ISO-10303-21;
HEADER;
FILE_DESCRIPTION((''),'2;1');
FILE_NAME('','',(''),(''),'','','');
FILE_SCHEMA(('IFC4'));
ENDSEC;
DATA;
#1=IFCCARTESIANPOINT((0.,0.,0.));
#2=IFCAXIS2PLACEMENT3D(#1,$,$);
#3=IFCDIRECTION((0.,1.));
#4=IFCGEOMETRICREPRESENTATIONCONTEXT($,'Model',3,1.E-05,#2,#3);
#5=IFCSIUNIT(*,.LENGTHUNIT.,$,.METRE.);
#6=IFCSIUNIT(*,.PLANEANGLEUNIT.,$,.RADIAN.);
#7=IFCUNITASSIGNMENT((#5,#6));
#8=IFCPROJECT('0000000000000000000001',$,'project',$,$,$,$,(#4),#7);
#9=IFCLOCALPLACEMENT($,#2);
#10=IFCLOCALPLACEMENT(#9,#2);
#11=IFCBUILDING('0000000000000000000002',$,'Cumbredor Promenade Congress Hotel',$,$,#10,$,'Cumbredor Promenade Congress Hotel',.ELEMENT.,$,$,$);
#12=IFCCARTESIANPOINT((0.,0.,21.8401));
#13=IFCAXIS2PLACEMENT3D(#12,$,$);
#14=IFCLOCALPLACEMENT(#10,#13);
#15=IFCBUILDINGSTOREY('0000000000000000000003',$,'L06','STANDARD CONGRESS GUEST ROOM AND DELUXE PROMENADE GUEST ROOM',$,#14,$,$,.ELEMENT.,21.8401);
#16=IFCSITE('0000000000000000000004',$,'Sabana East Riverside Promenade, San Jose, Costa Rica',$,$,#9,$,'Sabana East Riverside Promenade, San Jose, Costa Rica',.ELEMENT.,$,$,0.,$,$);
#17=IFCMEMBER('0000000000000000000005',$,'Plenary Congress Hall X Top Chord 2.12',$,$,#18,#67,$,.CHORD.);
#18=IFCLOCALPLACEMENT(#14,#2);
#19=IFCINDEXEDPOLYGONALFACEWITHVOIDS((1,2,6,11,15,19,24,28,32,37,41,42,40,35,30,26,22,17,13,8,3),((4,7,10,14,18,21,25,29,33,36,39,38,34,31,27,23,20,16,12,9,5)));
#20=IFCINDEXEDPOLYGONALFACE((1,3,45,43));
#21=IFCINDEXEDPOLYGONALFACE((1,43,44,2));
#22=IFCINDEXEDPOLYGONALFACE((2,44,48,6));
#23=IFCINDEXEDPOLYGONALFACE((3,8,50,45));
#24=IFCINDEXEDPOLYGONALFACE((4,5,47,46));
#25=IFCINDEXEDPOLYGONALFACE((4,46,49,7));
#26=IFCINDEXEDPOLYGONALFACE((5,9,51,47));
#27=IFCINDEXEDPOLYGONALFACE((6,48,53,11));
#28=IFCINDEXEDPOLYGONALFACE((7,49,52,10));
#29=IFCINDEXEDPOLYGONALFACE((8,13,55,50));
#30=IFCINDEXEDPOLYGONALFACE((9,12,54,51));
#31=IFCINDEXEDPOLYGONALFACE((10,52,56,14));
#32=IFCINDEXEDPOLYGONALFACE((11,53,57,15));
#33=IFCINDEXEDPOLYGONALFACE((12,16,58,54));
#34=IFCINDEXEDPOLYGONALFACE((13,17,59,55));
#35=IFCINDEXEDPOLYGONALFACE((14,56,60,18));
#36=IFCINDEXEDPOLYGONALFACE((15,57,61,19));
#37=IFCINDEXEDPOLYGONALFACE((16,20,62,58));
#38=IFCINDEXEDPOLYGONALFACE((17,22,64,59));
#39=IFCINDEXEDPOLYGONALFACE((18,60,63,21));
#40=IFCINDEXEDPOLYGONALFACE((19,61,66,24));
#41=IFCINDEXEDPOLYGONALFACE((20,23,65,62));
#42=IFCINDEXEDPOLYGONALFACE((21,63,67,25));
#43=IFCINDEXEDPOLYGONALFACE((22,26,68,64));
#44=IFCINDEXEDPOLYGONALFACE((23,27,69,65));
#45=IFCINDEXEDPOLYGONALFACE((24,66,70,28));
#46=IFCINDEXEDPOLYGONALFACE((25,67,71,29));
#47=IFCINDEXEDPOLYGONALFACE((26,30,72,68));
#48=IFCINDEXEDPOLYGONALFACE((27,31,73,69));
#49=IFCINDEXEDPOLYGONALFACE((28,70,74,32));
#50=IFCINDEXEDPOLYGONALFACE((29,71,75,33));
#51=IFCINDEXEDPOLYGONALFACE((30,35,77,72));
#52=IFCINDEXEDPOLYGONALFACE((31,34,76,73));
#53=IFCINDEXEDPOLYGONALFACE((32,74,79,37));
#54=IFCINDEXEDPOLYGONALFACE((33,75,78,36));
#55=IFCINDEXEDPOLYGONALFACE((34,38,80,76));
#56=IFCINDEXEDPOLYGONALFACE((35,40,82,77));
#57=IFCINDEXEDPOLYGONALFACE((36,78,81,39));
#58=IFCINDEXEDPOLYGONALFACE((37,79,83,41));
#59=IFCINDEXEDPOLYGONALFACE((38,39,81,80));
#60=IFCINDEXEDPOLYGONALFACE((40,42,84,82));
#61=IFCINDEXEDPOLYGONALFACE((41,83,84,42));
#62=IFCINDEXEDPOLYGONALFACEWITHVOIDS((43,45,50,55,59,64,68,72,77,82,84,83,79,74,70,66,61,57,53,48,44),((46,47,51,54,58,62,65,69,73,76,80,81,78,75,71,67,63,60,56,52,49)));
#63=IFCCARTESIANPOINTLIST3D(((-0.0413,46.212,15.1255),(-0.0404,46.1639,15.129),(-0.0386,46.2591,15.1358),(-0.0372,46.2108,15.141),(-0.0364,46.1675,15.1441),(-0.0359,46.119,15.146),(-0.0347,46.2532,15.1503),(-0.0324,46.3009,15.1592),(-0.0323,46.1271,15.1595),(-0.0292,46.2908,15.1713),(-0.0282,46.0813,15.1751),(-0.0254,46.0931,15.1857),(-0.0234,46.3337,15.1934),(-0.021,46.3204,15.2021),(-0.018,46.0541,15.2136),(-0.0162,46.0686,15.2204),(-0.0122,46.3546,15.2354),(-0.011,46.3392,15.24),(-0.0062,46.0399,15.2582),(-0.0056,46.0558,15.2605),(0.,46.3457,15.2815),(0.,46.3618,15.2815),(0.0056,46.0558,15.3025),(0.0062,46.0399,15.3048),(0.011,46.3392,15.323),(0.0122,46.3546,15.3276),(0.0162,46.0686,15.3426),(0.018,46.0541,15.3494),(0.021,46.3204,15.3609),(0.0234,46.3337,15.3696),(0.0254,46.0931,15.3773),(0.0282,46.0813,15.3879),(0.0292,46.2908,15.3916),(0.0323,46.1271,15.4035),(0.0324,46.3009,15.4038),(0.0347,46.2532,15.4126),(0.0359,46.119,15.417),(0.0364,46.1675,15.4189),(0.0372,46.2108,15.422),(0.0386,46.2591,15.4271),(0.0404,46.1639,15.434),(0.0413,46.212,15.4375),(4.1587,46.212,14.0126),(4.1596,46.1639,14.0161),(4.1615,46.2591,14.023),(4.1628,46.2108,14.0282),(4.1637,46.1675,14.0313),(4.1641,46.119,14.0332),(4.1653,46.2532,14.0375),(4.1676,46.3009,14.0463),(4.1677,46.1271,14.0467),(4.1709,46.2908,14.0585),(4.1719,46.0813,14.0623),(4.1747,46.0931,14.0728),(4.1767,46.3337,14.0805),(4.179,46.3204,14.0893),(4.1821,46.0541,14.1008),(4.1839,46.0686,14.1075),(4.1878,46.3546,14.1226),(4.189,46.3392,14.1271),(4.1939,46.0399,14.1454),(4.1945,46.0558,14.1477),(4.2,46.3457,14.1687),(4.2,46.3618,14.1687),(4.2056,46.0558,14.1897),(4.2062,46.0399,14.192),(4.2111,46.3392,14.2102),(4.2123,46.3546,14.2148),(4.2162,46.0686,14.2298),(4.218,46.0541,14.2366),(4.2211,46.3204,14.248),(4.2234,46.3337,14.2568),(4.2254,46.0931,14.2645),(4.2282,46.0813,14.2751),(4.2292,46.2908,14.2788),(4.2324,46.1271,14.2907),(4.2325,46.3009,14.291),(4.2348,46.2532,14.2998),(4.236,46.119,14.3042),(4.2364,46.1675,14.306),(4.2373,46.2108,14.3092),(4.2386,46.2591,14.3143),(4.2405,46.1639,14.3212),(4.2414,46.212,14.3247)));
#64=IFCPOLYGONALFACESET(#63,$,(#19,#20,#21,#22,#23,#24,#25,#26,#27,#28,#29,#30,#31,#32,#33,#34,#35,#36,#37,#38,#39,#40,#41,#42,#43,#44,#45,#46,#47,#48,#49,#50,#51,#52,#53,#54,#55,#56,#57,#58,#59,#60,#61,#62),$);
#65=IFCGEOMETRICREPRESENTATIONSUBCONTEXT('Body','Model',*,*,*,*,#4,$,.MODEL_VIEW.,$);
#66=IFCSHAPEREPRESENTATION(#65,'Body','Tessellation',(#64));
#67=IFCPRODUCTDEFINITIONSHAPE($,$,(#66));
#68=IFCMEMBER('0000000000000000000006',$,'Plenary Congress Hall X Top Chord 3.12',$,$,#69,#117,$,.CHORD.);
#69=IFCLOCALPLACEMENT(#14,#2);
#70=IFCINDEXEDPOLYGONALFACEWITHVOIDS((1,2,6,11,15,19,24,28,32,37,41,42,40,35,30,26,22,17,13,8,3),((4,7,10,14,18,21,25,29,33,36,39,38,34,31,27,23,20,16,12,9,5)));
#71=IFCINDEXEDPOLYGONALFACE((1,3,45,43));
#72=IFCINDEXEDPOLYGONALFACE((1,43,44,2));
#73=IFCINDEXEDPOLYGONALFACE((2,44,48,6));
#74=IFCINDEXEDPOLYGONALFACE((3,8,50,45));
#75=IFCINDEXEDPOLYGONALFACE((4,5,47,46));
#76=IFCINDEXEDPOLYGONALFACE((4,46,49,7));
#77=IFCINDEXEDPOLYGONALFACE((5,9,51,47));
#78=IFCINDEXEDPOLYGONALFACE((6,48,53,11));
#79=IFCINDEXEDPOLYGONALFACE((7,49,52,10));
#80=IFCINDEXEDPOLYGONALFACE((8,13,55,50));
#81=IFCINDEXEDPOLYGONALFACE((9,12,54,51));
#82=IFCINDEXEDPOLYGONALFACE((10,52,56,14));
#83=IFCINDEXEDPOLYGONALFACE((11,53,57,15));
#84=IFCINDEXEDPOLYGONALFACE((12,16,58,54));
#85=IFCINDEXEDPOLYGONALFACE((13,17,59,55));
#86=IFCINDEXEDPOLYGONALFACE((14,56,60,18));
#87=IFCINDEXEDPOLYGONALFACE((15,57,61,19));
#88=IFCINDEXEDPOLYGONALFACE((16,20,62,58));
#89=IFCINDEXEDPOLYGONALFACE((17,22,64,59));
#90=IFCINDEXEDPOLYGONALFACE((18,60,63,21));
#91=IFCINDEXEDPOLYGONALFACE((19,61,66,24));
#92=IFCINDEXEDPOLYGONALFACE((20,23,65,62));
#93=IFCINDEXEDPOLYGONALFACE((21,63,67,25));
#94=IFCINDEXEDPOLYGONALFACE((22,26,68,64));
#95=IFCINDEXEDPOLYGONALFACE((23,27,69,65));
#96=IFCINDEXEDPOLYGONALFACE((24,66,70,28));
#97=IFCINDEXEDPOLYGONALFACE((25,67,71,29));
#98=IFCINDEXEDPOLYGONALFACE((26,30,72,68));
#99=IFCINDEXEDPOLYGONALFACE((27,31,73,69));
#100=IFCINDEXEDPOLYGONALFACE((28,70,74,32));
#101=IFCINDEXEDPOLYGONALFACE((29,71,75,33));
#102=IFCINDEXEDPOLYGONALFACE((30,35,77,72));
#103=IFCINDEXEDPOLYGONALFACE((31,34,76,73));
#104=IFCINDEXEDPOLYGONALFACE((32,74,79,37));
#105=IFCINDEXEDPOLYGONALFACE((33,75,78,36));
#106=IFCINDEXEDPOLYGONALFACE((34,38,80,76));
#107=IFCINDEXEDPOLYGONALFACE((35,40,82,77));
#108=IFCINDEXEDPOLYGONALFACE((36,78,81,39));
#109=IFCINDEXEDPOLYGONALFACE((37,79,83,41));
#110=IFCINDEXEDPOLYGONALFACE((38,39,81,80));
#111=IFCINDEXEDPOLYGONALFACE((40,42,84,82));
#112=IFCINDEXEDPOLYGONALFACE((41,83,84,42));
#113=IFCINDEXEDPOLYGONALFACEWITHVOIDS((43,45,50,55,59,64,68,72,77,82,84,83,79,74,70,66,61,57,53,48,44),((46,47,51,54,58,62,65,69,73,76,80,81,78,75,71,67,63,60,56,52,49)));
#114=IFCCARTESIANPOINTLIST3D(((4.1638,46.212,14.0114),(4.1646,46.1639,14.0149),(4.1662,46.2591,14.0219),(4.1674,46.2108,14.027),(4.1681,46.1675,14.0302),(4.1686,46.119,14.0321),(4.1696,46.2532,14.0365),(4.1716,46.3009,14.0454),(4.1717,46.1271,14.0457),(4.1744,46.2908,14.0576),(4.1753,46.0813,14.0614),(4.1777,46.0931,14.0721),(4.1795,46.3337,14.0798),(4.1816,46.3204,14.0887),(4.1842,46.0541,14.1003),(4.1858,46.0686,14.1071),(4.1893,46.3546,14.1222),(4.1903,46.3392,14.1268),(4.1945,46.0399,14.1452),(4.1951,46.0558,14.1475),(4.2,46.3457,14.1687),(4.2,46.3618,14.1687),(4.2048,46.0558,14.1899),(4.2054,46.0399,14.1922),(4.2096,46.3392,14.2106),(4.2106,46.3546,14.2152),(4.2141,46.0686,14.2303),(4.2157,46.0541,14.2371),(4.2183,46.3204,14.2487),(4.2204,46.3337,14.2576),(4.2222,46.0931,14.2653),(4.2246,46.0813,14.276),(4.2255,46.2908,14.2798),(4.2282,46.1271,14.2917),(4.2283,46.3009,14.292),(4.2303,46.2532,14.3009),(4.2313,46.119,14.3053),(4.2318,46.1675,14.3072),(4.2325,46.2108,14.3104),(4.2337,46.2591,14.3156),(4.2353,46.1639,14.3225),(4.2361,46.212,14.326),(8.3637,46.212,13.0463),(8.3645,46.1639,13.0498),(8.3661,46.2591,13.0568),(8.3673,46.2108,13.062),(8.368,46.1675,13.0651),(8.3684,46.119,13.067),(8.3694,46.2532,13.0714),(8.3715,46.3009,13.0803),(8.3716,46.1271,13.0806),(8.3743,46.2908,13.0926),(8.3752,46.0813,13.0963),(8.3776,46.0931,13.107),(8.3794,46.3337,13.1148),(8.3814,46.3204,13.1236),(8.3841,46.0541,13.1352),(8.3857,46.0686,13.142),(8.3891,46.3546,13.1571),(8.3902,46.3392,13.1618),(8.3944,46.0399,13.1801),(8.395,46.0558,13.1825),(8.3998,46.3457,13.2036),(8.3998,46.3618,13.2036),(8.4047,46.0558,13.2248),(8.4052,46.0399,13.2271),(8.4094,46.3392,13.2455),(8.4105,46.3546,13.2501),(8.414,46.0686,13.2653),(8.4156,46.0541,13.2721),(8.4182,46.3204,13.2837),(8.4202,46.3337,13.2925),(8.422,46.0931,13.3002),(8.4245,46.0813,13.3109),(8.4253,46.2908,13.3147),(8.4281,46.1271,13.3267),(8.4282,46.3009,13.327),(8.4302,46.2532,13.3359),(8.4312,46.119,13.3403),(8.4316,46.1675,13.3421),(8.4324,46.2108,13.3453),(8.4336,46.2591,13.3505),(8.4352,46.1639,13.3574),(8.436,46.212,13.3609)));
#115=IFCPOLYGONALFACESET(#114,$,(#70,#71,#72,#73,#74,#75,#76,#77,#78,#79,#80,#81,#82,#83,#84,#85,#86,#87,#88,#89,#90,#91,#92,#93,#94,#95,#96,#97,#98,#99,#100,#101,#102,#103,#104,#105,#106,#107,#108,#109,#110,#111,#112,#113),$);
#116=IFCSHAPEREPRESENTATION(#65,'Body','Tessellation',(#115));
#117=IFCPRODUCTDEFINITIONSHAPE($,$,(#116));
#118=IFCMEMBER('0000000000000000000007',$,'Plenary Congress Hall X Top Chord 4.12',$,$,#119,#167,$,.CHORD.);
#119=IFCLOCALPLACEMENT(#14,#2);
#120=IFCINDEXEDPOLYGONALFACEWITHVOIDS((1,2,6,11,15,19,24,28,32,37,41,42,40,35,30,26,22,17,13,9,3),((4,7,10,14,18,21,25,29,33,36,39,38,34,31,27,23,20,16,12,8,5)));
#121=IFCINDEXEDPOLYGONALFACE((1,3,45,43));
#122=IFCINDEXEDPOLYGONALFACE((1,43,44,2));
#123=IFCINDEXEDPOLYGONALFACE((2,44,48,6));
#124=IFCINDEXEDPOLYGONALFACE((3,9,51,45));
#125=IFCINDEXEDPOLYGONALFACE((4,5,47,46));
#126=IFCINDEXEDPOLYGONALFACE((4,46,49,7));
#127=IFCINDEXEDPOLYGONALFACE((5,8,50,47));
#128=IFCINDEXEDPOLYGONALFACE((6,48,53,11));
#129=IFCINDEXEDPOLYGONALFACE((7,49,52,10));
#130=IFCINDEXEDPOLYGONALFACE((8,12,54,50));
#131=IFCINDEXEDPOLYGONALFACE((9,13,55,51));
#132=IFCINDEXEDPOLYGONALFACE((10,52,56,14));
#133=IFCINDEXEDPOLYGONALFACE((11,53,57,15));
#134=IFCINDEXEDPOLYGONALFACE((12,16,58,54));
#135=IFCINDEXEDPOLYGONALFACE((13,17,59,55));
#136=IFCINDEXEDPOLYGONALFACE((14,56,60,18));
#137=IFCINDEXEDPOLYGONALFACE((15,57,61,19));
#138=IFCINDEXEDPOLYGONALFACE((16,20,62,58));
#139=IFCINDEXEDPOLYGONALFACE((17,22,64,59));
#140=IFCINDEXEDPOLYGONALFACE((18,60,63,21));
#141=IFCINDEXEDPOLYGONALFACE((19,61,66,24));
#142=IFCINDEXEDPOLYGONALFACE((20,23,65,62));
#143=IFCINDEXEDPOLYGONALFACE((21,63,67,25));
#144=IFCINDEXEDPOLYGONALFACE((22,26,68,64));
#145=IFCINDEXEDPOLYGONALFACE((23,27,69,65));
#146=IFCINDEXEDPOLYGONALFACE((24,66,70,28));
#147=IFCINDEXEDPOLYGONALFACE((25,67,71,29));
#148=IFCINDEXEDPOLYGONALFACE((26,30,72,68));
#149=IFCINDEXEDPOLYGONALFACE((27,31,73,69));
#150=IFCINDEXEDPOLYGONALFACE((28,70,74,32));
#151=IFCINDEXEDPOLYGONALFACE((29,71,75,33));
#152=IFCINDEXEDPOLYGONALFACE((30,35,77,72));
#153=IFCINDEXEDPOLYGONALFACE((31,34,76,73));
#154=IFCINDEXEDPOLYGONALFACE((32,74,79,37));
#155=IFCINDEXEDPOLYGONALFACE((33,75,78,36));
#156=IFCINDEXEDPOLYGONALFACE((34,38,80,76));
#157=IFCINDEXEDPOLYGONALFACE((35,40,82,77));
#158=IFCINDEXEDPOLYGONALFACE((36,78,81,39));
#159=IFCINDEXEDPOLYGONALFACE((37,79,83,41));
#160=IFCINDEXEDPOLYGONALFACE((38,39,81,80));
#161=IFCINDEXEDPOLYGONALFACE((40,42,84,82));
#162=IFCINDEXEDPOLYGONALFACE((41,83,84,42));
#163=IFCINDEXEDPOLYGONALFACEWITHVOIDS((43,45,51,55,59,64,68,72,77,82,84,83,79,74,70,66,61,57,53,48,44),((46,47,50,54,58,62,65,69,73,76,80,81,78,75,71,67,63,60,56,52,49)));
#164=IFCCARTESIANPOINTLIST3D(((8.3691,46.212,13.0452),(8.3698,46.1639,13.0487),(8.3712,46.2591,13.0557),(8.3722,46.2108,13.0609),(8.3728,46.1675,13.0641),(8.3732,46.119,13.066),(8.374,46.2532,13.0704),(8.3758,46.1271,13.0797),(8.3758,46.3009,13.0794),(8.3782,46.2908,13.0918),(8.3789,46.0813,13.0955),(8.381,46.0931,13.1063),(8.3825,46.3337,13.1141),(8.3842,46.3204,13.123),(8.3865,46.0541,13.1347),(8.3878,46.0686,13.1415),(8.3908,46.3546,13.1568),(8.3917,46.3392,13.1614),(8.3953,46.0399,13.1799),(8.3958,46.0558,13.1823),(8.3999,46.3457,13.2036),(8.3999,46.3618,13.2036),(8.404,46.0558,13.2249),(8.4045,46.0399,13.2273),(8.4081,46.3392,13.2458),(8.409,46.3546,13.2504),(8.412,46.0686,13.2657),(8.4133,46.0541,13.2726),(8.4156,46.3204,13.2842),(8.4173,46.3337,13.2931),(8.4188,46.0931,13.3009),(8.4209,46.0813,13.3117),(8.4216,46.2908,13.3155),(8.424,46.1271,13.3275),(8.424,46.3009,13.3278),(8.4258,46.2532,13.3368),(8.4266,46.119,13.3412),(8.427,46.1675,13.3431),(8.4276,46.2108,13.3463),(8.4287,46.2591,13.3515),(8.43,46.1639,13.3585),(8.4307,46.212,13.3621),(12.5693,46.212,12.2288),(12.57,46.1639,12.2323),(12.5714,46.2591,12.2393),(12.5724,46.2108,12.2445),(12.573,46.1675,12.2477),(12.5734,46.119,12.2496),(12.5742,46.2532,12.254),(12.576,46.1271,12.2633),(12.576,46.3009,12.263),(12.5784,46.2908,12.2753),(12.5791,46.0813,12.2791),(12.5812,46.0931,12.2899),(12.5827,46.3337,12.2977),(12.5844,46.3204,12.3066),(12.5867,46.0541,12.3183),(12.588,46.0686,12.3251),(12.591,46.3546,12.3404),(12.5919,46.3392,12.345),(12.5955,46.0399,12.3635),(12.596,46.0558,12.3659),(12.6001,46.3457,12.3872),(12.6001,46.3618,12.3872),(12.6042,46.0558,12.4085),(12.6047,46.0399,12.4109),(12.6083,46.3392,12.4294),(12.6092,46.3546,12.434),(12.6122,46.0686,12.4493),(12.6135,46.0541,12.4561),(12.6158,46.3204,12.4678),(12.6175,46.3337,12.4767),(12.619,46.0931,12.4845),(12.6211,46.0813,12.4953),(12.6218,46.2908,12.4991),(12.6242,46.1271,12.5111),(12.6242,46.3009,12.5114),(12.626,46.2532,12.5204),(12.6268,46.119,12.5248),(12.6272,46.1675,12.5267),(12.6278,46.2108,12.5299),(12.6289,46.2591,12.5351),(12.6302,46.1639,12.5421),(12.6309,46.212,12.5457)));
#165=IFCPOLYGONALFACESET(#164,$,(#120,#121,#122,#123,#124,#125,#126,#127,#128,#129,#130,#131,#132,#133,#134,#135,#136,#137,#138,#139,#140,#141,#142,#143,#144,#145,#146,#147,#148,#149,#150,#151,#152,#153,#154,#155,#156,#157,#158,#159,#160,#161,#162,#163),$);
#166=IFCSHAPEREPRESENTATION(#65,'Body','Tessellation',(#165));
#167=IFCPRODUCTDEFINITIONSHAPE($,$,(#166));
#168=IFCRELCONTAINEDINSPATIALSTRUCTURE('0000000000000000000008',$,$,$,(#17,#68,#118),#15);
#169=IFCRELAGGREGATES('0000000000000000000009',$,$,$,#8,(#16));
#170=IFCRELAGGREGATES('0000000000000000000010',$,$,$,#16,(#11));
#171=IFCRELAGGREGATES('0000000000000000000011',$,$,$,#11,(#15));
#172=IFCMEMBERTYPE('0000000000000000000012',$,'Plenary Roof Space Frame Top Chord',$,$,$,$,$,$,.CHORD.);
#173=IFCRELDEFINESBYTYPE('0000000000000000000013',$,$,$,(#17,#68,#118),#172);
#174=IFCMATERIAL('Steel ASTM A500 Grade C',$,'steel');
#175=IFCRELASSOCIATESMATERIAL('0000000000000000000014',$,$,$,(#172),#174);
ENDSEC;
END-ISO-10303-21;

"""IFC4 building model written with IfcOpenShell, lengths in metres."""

from ifc_helpers import new_model, si_unit, direction, frame, origin, origin_2d, place, context, subcontext, project, spatial, hollow_circle, extrude, material, material_profile, profile_set, type_object, element, save


model = new_model("IFC4")

# Units and contexts
model_context = context("Model", 3, precision=1e-05, world=origin(), true_north=direction((0.0, 1.0)))
body_context = subcontext(model_context, "Body", "Model", "MODEL_VIEW")
ifc_project = project(units=[si_unit("LENGTHUNIT", "METRE"), si_unit("PLANEANGLEUNIT", "RADIAN")], contexts=[model_context])

# Site, building, storey
site_placement = place(None, origin())
site = spatial("IfcSite", under=ifc_project, at=site_placement, Name="Sabana East Riverside Promenade, San Jose, Costa Rica", LongName="Sabana East Riverside Promenade, San Jose, Costa Rica", CompositionType="ELEMENT", RefElevation=0.0)
building_placement = place(site_placement, origin())
building = spatial("IfcBuilding", under=site, at=building_placement, Name="Cumbredor Promenade Congress Hotel", LongName="Cumbredor Promenade Congress Hotel", CompositionType="ELEMENT")
storey_placement = place(building_placement, frame((0.0, 0.0, 21.8401)))
storey = spatial("IfcBuildingStorey", under=building, at=storey_placement, Name="L06", Description="STANDARD CONGRESS GUEST ROOM AND DELUXE PROMENADE GUEST ROOM", CompositionType="ELEMENT", Elevation=21.8401)

# Members
ifc_material_1 = material(Name="Steel ASTM A500 Grade C", Category="steel")
ifc_material_profile_1 = material_profile(ifc_material_1, hollow_circle(Radius=0.1619, WallThickness=0.0161, at=origin_2d()), Name="CHS 323.9x16")
ifc_profile_set_1 = profile_set([ifc_material_profile_1], Name="Steel ASTM A500 Grade C")
member_type_1 = type_object("IfcMemberType", Name="Plenary Roof Space Frame Top Chord", PredefinedType="CHORD", material=ifc_profile_set_1)
member_1_placement = place(storey_placement, frame((0.0, 46.2, 15.2815), z_axis=(0.966646, 0.0, -0.256116), x_axis=(0.0, 1.0, 0.0)))
element("IfcMember", 1, at=member_1_placement, inside=storey, type_object=member_type_1, Name="Plenary Congress Hall X Top Chord 2.12", PredefinedType="CHORD", context=body_context, shape_type="SweptSolid", body=[
    extrude(hollow_circle(Radius=0.1619, WallThickness=0.0161, at=origin_2d()), origin(), (0.0, 0.0, 1.0), 4.345),
])
member_2_placement = place(storey_placement, frame((4.2, 46.2, 14.1687), z_axis=(0.974601, 0.0, -0.223949), x_axis=(0.0, 1.0, 0.0)))
element("IfcMember", 2, at=member_2_placement, inside=storey, type_object=member_type_1, Name="Plenary Congress Hall X Top Chord 3.12", PredefinedType="CHORD", context=body_context, shape_type="SweptSolid", body=[
    extrude(hollow_circle(Radius=0.1619, WallThickness=0.0161, at=origin_2d()), origin(), (0.0, 0.0, 1.0), 4.3093),
])
member_3_placement = place(storey_placement, frame((8.3999, 46.2, 13.2036), z_axis=(0.981628, 0.0, -0.190802), x_axis=(0.0, 1.0, 0.0)))
element("IfcMember", 3, at=member_3_placement, inside=storey, type_object=member_type_1, Name="Plenary Congress Hall X Top Chord 4.12", PredefinedType="CHORD", context=body_context, shape_type="SweptSolid", body=[
    extrude(hollow_circle(Radius=0.1619, WallThickness=0.0161, at=origin_2d()), origin(), (0.0, 0.0, 1.0), 4.2788),
])

save(model, "model.ifc")
